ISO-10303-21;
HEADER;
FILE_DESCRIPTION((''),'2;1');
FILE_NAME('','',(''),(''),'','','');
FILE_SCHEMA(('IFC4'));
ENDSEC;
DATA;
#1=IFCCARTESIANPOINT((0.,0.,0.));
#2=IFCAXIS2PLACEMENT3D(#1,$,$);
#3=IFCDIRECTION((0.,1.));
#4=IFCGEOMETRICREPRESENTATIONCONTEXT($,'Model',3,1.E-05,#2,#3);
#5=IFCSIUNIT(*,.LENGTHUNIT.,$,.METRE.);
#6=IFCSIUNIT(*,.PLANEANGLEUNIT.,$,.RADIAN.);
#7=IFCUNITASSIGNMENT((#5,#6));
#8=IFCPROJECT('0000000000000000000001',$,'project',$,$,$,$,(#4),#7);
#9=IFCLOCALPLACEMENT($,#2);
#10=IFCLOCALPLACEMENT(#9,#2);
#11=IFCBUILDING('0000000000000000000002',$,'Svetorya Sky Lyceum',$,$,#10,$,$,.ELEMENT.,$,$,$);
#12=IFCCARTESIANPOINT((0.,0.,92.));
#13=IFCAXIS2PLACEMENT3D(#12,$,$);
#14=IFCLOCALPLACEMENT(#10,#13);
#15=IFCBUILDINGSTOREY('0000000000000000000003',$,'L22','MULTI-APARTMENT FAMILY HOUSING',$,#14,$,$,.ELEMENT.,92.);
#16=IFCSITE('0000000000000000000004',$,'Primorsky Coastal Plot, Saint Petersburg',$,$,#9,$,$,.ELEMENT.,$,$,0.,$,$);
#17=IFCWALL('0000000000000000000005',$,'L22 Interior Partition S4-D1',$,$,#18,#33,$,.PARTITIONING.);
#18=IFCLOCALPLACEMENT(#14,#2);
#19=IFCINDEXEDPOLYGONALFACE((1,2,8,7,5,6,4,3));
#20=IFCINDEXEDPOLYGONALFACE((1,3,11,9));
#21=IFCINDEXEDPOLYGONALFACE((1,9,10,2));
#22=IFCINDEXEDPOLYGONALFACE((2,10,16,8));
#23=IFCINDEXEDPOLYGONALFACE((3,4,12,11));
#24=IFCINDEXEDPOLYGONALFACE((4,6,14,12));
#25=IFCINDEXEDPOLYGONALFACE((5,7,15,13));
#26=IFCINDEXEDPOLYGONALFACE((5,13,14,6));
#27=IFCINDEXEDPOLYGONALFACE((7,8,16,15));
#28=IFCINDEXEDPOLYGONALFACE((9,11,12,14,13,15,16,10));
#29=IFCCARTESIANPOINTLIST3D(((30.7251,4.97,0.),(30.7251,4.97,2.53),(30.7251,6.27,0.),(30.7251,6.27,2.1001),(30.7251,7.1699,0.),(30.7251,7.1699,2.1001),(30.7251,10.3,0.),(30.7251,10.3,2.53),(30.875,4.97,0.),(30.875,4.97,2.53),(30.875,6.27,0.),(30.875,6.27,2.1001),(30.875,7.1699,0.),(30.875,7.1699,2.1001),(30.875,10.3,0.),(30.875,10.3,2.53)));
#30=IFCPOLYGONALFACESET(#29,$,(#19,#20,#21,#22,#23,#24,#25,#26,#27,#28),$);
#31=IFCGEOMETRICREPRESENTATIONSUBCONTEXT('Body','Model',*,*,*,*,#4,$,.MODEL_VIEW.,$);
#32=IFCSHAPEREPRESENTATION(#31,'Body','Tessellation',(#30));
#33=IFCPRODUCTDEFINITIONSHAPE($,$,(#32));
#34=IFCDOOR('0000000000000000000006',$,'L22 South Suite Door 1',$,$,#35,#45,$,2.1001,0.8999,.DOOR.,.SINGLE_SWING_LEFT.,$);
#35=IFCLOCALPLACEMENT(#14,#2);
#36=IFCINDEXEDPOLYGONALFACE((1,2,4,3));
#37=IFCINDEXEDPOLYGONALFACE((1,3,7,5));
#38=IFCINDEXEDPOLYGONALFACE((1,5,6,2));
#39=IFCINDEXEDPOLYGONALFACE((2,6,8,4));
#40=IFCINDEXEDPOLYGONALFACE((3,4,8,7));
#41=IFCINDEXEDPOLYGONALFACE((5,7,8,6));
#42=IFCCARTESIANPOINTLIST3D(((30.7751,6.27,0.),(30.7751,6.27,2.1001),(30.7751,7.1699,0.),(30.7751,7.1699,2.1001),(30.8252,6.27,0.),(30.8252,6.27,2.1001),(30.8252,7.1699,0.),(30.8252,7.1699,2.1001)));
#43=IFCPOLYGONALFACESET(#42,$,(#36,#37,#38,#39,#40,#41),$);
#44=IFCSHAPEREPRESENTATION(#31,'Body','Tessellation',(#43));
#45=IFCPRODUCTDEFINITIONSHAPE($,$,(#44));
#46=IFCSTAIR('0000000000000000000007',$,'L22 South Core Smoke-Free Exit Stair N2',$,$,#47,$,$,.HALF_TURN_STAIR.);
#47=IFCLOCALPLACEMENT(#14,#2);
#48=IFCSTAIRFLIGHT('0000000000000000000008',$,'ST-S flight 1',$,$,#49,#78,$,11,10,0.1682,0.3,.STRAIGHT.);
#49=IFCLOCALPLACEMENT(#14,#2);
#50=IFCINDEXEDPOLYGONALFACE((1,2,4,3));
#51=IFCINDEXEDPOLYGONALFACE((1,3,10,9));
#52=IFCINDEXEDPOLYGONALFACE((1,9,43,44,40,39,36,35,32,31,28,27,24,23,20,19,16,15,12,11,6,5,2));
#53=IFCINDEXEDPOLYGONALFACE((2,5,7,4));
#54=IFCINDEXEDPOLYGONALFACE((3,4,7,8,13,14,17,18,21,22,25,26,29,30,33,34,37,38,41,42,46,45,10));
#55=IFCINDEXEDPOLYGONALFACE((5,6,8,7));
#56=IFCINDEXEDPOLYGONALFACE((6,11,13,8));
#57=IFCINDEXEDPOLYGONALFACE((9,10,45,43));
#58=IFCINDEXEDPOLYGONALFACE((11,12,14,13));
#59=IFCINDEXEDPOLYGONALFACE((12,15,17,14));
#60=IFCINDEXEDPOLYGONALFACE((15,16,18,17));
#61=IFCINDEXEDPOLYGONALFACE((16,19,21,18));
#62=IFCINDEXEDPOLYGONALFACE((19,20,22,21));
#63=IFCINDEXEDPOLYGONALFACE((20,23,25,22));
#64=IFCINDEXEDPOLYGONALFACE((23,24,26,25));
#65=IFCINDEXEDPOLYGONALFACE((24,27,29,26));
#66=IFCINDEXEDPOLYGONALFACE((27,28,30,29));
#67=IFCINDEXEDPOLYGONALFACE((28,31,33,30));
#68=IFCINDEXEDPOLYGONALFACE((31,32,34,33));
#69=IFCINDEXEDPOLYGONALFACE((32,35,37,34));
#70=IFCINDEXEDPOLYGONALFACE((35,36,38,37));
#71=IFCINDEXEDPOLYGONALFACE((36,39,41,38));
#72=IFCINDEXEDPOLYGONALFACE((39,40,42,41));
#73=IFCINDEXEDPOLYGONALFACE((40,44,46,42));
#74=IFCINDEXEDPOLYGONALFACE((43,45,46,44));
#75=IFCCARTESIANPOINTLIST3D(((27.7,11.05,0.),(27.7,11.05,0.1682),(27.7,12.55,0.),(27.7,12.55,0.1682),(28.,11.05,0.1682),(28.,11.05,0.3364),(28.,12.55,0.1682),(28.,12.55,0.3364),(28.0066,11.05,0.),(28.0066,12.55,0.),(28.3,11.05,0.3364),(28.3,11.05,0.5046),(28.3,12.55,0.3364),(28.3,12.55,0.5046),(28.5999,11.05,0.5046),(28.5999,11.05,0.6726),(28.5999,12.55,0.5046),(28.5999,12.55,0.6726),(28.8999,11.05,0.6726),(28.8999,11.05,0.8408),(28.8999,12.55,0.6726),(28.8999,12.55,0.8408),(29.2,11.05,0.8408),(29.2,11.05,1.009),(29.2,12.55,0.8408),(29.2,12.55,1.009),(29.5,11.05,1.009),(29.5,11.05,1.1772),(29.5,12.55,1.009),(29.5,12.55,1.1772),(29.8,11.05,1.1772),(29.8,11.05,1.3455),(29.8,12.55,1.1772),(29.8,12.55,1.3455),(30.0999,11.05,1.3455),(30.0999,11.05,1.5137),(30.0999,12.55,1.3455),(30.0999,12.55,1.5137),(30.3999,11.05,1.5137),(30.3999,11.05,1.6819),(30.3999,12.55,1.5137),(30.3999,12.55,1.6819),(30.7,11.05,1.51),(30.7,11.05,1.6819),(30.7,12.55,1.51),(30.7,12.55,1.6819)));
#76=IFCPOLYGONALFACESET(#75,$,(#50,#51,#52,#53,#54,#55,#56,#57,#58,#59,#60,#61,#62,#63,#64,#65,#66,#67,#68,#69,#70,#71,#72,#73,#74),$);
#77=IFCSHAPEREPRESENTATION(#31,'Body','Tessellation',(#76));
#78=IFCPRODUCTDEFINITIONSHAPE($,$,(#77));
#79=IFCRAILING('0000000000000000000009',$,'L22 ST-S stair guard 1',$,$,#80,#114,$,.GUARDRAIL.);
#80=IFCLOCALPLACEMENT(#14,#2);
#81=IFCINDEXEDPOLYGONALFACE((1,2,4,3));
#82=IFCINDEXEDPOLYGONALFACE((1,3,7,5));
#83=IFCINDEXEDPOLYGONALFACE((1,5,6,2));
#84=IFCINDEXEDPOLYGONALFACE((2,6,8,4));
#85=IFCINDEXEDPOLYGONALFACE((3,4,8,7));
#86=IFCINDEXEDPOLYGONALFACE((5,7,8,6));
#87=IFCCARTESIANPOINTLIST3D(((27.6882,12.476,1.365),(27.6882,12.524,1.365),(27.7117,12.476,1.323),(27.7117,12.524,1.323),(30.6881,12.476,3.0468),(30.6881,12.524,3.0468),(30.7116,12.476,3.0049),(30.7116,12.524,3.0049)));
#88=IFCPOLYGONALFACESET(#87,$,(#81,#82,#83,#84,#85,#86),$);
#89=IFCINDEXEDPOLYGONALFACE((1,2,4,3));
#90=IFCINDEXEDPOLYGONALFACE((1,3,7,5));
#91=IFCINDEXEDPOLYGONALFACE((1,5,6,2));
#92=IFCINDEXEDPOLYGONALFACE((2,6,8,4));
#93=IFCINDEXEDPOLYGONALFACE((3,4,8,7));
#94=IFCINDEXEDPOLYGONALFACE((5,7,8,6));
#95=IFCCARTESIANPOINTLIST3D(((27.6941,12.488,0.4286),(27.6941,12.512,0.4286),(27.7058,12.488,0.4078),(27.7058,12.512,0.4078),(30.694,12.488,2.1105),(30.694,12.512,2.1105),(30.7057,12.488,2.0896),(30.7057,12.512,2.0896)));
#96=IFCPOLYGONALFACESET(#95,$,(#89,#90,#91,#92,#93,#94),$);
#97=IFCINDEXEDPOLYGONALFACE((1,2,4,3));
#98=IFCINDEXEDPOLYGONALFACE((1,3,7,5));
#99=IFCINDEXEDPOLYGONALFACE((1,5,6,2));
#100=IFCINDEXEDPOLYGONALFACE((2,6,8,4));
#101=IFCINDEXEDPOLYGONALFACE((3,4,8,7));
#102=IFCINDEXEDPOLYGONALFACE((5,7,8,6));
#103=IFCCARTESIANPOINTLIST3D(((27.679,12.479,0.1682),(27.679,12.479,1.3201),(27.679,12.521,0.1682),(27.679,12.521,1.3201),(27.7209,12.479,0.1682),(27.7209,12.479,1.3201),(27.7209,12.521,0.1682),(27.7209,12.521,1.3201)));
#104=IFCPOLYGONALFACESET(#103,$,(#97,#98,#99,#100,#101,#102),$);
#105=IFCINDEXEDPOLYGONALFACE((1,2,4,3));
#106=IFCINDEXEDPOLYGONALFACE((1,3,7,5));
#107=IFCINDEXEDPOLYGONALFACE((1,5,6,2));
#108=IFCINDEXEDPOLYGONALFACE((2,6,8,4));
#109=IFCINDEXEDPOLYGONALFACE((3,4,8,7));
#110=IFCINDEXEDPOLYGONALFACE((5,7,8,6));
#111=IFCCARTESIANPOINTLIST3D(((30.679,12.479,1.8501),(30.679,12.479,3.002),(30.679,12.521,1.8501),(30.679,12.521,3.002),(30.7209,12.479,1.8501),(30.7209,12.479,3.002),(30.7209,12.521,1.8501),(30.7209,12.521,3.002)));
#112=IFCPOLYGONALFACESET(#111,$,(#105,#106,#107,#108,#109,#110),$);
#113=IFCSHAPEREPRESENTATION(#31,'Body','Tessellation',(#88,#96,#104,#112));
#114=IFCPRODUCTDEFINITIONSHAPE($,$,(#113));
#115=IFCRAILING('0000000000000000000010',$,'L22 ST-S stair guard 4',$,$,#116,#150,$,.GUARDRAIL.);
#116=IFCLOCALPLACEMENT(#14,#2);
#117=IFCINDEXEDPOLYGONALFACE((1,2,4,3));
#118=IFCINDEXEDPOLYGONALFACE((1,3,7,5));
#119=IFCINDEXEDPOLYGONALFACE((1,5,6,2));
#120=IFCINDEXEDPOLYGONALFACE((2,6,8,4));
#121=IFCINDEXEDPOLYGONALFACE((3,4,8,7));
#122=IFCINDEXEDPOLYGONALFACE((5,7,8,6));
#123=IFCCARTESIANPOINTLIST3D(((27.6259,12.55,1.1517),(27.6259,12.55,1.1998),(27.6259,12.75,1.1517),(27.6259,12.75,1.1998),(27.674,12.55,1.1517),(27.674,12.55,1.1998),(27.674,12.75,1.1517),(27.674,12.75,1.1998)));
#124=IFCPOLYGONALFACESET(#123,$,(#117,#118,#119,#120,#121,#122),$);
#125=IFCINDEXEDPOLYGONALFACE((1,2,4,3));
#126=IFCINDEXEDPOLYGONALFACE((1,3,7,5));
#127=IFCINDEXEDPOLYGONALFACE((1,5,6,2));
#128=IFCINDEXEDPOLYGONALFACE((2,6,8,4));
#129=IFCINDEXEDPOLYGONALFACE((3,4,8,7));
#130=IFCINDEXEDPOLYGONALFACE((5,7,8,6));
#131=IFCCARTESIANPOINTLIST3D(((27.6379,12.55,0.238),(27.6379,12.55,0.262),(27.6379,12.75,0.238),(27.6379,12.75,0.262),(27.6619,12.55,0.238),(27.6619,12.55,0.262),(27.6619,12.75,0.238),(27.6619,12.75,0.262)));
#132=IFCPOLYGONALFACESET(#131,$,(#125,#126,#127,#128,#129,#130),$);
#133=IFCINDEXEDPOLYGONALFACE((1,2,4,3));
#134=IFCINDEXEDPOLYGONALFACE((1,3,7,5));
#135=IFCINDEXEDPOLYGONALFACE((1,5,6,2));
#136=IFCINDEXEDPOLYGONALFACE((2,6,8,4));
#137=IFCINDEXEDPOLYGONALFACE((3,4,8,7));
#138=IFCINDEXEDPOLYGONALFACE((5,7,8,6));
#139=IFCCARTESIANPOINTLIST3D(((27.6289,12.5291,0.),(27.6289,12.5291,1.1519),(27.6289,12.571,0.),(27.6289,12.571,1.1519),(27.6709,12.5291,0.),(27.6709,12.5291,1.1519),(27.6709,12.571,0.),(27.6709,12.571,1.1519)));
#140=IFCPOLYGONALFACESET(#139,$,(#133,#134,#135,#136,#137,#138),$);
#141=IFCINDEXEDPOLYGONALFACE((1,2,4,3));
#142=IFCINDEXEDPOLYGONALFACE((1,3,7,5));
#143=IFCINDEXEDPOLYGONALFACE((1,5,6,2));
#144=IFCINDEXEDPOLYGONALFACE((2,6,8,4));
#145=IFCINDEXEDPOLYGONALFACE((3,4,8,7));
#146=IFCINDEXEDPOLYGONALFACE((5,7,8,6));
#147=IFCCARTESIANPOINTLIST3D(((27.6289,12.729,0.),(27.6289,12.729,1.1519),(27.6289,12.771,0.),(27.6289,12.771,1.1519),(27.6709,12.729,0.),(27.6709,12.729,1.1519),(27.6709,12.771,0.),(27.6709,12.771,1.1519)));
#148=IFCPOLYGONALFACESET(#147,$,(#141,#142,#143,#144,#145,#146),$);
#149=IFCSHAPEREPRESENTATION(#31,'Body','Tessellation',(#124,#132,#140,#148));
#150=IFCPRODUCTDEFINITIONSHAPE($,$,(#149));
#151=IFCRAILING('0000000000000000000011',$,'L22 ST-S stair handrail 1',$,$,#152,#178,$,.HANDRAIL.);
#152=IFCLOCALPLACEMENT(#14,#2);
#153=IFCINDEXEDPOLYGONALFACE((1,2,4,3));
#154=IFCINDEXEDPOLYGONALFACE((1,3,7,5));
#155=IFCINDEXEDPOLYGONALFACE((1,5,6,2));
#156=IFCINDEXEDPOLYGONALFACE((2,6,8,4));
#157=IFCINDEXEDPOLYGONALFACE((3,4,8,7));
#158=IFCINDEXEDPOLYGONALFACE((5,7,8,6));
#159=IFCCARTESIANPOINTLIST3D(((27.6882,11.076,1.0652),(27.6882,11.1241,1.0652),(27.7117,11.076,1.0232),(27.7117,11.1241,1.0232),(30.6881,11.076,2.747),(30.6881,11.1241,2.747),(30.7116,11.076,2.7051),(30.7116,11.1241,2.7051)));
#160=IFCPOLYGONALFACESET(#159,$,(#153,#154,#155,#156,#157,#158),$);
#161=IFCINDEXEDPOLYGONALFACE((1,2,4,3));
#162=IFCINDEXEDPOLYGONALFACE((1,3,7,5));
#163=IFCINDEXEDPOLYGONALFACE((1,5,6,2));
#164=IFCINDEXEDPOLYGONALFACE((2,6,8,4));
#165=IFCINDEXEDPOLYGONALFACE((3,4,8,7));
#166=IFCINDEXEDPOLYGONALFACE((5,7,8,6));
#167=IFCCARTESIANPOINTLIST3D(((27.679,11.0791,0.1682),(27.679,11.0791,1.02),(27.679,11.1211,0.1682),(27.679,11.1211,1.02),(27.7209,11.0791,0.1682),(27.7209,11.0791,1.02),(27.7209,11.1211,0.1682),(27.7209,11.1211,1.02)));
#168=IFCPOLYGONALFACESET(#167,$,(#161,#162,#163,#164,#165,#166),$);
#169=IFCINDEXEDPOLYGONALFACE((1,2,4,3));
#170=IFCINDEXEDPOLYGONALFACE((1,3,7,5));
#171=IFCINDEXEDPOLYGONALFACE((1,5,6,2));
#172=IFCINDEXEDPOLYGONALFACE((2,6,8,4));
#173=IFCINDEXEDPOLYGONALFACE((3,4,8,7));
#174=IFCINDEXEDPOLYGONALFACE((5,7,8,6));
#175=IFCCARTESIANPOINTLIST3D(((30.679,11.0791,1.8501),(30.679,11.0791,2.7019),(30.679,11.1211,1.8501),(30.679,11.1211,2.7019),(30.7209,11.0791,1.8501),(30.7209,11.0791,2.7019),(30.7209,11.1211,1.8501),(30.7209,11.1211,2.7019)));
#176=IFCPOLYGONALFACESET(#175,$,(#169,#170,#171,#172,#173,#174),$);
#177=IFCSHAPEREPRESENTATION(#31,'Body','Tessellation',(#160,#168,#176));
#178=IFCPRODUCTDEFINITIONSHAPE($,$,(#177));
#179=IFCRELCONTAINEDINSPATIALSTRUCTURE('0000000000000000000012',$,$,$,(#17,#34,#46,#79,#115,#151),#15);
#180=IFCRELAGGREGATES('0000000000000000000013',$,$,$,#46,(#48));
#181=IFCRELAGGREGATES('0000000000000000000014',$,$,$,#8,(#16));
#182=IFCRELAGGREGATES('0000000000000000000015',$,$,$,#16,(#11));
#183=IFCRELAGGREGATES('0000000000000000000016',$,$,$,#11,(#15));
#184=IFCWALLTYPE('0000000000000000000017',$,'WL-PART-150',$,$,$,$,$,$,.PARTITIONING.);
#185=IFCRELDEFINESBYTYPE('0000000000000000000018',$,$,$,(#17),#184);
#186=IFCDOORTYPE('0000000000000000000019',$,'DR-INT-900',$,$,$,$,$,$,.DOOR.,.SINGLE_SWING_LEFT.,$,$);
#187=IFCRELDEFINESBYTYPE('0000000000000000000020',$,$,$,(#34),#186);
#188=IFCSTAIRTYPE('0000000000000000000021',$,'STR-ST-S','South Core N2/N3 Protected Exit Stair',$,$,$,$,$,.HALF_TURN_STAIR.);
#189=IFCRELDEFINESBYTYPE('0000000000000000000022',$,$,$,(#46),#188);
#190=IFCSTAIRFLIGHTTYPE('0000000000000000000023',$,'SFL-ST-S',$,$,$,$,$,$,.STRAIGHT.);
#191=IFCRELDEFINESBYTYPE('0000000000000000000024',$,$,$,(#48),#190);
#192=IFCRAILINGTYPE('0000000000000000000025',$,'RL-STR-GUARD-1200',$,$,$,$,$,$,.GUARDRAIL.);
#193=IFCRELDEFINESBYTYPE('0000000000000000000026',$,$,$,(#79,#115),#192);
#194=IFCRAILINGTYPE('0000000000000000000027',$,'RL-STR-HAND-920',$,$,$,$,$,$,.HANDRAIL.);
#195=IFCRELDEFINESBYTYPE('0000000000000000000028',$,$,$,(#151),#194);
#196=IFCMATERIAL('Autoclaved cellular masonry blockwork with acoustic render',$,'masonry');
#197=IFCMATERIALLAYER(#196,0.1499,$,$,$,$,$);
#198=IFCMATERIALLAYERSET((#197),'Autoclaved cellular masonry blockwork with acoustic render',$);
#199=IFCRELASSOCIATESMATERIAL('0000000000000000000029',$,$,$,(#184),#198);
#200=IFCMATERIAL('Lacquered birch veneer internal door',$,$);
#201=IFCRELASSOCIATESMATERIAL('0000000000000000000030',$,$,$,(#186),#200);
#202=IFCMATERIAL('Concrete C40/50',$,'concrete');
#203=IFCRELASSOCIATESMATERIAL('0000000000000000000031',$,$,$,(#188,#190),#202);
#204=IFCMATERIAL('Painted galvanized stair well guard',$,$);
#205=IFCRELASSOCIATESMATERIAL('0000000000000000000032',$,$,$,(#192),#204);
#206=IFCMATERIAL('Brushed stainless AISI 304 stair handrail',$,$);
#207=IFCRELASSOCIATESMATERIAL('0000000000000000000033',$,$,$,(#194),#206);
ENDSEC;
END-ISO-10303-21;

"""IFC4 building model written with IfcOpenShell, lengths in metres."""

from ifc_helpers import new_model, si_unit, direction, frame, frame_2d, origin, origin_2d, place, context, subcontext, project, spatial, polyline, rectangle, outline, extrude, material, layer, layer_set, type_object, element, fill, aggregate, save


model = new_model("IFC4")

# Units and contexts
model_context = context("Model", 3, precision=1e-05, world=origin(), true_north=direction((0.0, 1.0)))
body_context = subcontext(model_context, "Body", "Model", "MODEL_VIEW")
ifc_project = project(units=[si_unit("LENGTHUNIT", "METRE"), si_unit("PLANEANGLEUNIT", "RADIAN")], contexts=[model_context])

# Site, building, storey
site_placement = place(None, origin())
site = spatial("IfcSite", under=ifc_project, at=site_placement, Name="Primorsky Coastal Plot, Saint Petersburg", CompositionType="ELEMENT", RefElevation=0.0)
building_placement = place(site_placement, origin())
building = spatial("IfcBuilding", under=site, at=building_placement, Name="Svetorya Sky Lyceum", CompositionType="ELEMENT")
storey_placement = place(building_placement, frame((0.0, 0.0, 92.0)))
storey = spatial("IfcBuildingStorey", under=building, at=storey_placement, Name="L22", Description="MULTI-APARTMENT FAMILY HOUSING", CompositionType="ELEMENT", Elevation=92.0)

# Shared definitions
ifc_material_1 = material(Name="Concrete C40/50", Category="concrete")

# Wall, opening, door
ifc_material_2 = material(Name="Autoclaved cellular masonry blockwork with acoustic render", Category="masonry")
ifc_layer_1 = layer(ifc_material_2, 0.1499)
ifc_layer_set_1 = layer_set([ifc_layer_1], Name="Autoclaved cellular masonry blockwork with acoustic render")
wall_type_1 = type_object("IfcWallType", Name="WL-PART-150", PredefinedType="PARTITIONING", material=ifc_layer_set_1)
wall_1_placement = place(storey_placement, frame((30.8, 4.97, 0.0), z_axis=(0.0, 0.0, 1.0), x_axis=(0.0, 1.0, 0.0)))
wall_1 = element("IfcWall", 1, at=wall_1_placement, inside=storey, type_object=wall_type_1, Name="L22 Interior Partition S4-D1", PredefinedType="PARTITIONING", context=body_context, shape_type="SweptSolid", body=[
    extrude(rectangle(XDim=5.3301, YDim=0.1499, at=frame_2d((2.665, 0.0))), origin(), (0.0, 0.0, 1.0), 2.53),
])
opening_placement = place(wall_1_placement, frame((1.3, 0.0, 0.0)))
opening = element("IfcOpeningElement", 2, at=opening_placement, cuts=wall_1, PredefinedType="OPENING", context=body_context, shape_type="SweptSolid", body=[
    extrude(rectangle(XDim=0.8999, YDim=2.1001, at=frame_2d((0.45, 1.05))), frame((0.0, 0.085, 0.0), z_axis=(0.0, -1.0, 0.0), x_axis=(1.0, 0.0, 0.0)), (0.0, 0.0, 1.0), 0.1699),
])
ifc_material_3 = material(Name="Lacquered birch veneer internal door")
door_type = type_object("IfcDoorType", Name="DR-INT-900", OperationType="SINGLE_SWING_LEFT", PredefinedType="DOOR", material=ifc_material_3)
door_placement = place(opening_placement, origin())
door = element("IfcDoor", 3, at=door_placement, inside=storey, type_object=door_type, Name="L22 South Suite Door 1", OperationType="SINGLE_SWING_LEFT", OverallHeight=2.1001, OverallWidth=0.8999, PredefinedType="DOOR", context=body_context, shape_type="SweptSolid", body=[
    extrude(rectangle(XDim=0.8999, YDim=2.1001, at=frame_2d((0.45, 1.05))), frame((0.0, 0.0249, 0.0), z_axis=(0.0, -1.0, 0.0), x_axis=(1.0, 0.0, 0.0)), (0.0, 0.0, 1.0), 0.05),
])
fill(opening, door)

# Stair, stair flight
stair_type = type_object("IfcStairType", Name="STR-ST-S", Description="South Core N2/N3 Protected Exit Stair", PredefinedType="HALF_TURN_STAIR", material=ifc_material_1)
stair_placement = place(storey_placement, origin())
stair = element("IfcStair", 4, at=stair_placement, inside=storey, type_object=stair_type, Name="L22 South Core Smoke-Free Exit Stair N2", PredefinedType="HALF_TURN_STAIR")
stair_flight_type = type_object("IfcStairFlightType", Name="SFL-ST-S", PredefinedType="STRAIGHT", material=ifc_material_1)
stair_flight_placement = place(storey_placement, frame((27.7, 11.8, 0.0), z_axis=(0.0, 0.0, 1.0), x_axis=(1.0, 0.0, 0.0)))
stair_flight = element("IfcStairFlight", 5, at=stair_flight_placement, type_object=stair_flight_type, Name="ST-S flight 1", NumberOfRisers=11, NumberOfTreads=10, PredefinedType="STRAIGHT", RiserHeight=0.1682, TreadLength=0.3, context=body_context, shape_type="SweptSolid", body=[
    extrude(outline(polyline([(0.0, 0.0), (0.0, 0.1682), (0.3, 0.1682), (0.3, 0.3364), (0.6001, 0.3364), (0.6001, 0.5046), (0.8999, 0.5046), (0.8999, 0.6726), (1.2, 0.6726), (1.2, 0.8408), (1.5, 0.8408), (1.5, 1.009), (1.8, 1.009), (1.8, 1.1772), (2.1001, 1.1772), (2.1001, 1.3455), (2.3999, 1.3455), (2.3999, 1.5137), (2.7, 1.5137), (2.7, 1.6819), (3.0, 1.6819), (3.0, 1.8501), (3.0, 1.51), (0.3066, 0.0), (0.0, 0.0)])), frame((0.0, 0.75, 0.0), z_axis=(0.0, -1.0, 0.0), x_axis=(1.0, 0.0, 0.0)), (0.0, 0.0, 1.0), 1.5),
])
aggregate(stair, [stair_flight])

# Railings
ifc_material_4 = material(Name="Painted galvanized stair well guard")
railing_type_1 = type_object("IfcRailingType", Name="RL-STR-GUARD-1200", PredefinedType="GUARDRAIL", material=ifc_material_4)
railing_1_placement = place(storey_placement, frame((27.7, 12.5, 0.1682)))
element("IfcRailing", 6, at=railing_1_placement, inside=storey, type_object=railing_type_1, Name="L22 ST-S stair guard 1", PredefinedType="GUARDRAIL", context=body_context, shape_type="SweptSolid", body=[
    extrude(rectangle(XDim=0.0481, YDim=0.0481, at=origin_2d()), frame((0.0, 0.0, 1.1758), z_axis=(0.872272, 0.0, 0.48902), x_axis=(0.0, 1.0, 0.0)), (0.0, 0.0, 1.0), 3.4392),
    extrude(rectangle(XDim=0.0239, YDim=0.0239, at=origin_2d()), frame((0.0, 0.0, 0.25), z_axis=(0.872272, 0.0, 0.48902), x_axis=(0.0, 1.0, 0.0)), (0.0, 0.0, 1.0), 3.4392),
    extrude(rectangle(XDim=0.042, YDim=0.042, at=origin_2d()), origin(), (0.0, 0.0, 1.0), 1.1519),
    extrude(rectangle(XDim=0.042, YDim=0.042, at=origin_2d()), frame((3.0, 0.0, 1.6819)), (0.0, 0.0, 1.0), 1.1519),
])
railing_2_placement = place(storey_placement, frame((27.6499, 12.55, 0.0)))
element("IfcRailing", 7, at=railing_2_placement, inside=storey, type_object=railing_type_1, Name="L22 ST-S stair guard 4", PredefinedType="GUARDRAIL", context=body_context, shape_type="SweptSolid", body=[
    extrude(rectangle(XDim=0.0481, YDim=0.0481, at=origin_2d()), frame((0.0, 0.0, 1.1758), z_axis=(0.0, 1.0, 0.0), x_axis=(-1.0, 0.0, 0.0)), (0.0, 0.0, 1.0), 0.2),
    extrude(rectangle(XDim=0.0239, YDim=0.0239, at=origin_2d()), frame((0.0, 0.0, 0.25), z_axis=(0.0, 1.0, 0.0), x_axis=(-1.0, 0.0, 0.0)), (0.0, 0.0, 1.0), 0.2),
    extrude(rectangle(XDim=0.042, YDim=0.042, at=origin_2d()), origin(), (0.0, 0.0, 1.0), 1.1519),
    extrude(rectangle(XDim=0.042, YDim=0.042, at=origin_2d()), frame((0.0, 0.2, 0.0)), (0.0, 0.0, 1.0), 1.1519),
])
ifc_material_5 = material(Name="Brushed stainless AISI 304 stair handrail")
railing_type_2 = type_object("IfcRailingType", Name="RL-STR-HAND-920", PredefinedType="HANDRAIL", material=ifc_material_5)
railing_3_placement = place(storey_placement, frame((27.7, 11.1001, 0.1682)))
element("IfcRailing", 8, at=railing_3_placement, inside=storey, type_object=railing_type_2, Name="L22 ST-S stair handrail 1", PredefinedType="HANDRAIL", context=body_context, shape_type="SweptSolid", body=[
    extrude(rectangle(XDim=0.0481, YDim=0.0481, at=origin_2d()), frame((0.0, 0.0, 0.876), z_axis=(0.872272, 0.0, 0.48902), x_axis=(0.0, 1.0, 0.0)), (0.0, 0.0, 1.0), 3.4392),
    extrude(rectangle(XDim=0.042, YDim=0.042, at=origin_2d()), origin(), (0.0, 0.0, 1.0), 0.8518),
    extrude(rectangle(XDim=0.042, YDim=0.042, at=origin_2d()), frame((3.0, 0.0, 1.6819)), (0.0, 0.0, 1.0), 0.8518),
])

save(model, "model.ifc")
